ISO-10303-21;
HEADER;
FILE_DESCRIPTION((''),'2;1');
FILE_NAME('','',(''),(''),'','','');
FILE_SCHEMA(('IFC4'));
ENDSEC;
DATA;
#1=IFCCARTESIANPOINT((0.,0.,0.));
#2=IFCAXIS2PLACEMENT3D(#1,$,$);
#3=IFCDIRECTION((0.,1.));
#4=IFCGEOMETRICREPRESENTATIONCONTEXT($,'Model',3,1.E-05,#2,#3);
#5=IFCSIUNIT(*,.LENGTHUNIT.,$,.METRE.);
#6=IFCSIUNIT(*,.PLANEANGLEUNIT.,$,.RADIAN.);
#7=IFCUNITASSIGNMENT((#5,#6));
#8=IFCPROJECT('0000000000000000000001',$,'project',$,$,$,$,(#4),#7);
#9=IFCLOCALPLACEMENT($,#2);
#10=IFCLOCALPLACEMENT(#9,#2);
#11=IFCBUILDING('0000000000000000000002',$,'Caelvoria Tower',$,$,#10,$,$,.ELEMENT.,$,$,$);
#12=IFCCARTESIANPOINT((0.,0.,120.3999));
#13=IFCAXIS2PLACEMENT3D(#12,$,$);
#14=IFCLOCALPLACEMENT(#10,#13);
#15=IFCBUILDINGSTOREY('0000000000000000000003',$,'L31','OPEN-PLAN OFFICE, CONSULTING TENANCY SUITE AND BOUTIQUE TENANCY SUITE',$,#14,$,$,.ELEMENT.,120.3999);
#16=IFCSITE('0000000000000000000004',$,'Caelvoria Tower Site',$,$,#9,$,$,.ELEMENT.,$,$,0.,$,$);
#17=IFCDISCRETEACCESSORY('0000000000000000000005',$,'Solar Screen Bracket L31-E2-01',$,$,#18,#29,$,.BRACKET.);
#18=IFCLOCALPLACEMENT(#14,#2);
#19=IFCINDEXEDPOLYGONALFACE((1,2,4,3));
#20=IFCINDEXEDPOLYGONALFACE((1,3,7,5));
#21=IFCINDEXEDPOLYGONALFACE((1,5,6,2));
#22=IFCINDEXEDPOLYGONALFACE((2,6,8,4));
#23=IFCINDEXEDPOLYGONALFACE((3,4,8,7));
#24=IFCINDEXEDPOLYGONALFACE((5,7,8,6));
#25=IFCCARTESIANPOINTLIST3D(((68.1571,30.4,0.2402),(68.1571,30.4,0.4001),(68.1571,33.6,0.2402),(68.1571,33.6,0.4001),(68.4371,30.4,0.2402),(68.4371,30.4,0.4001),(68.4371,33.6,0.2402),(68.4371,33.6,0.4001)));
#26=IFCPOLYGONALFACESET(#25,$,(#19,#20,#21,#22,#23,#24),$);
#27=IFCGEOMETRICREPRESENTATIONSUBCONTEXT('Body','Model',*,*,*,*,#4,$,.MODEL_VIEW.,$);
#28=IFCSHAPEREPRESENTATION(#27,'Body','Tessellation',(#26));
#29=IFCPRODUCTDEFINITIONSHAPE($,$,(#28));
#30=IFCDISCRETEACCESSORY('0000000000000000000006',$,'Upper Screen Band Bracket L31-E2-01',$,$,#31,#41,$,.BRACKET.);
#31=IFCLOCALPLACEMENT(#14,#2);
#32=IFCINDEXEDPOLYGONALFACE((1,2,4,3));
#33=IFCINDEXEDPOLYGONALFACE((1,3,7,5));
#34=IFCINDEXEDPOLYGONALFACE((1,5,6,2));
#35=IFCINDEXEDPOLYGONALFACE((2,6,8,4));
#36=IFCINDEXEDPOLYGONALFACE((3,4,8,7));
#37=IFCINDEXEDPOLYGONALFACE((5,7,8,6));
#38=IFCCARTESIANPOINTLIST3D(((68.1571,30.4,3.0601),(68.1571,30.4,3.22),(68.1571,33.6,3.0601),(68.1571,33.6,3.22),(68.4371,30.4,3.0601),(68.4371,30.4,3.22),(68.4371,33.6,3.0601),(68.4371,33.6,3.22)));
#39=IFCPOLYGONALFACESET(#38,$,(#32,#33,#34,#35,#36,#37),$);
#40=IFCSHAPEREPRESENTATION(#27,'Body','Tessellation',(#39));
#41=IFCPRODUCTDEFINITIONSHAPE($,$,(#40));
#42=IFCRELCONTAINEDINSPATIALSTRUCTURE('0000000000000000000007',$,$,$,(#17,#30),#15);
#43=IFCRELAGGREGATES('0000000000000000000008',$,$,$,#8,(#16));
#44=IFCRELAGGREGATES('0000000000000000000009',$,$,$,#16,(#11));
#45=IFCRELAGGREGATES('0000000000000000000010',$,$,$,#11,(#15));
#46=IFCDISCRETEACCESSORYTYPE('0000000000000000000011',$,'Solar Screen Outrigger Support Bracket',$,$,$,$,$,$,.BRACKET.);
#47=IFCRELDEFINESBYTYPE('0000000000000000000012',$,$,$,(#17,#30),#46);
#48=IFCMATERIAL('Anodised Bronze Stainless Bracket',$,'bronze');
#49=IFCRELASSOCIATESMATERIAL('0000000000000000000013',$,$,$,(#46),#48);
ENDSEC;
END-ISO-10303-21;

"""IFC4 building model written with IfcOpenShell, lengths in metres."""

from ifc_helpers import new_model, si_unit, direction, frame, origin, origin_2d, place, context, subcontext, project, spatial, rectangle, extrude, material, type_object, element, save


model = new_model("IFC4")

# Units and contexts
model_context = context("Model", 3, precision=1e-05, world=origin(), true_north=direction((0.0, 1.0)))
body_context = subcontext(model_context, "Body", "Model", "MODEL_VIEW")
ifc_project = project(units=[si_unit("LENGTHUNIT", "METRE"), si_unit("PLANEANGLEUNIT", "RADIAN")], contexts=[model_context])

# Site, building, storey
site_placement = place(None, origin())
site = spatial("IfcSite", under=ifc_project, at=site_placement, Name="Caelvoria Tower Site", CompositionType="ELEMENT", RefElevation=0.0)
building_placement = place(site_placement, origin())
building = spatial("IfcBuilding", under=site, at=building_placement, Name="Caelvoria Tower", CompositionType="ELEMENT")
storey_placement = place(building_placement, frame((0.0, 0.0, 120.3999)))
storey = spatial("IfcBuildingStorey", under=building, at=storey_placement, Name="L31", Description="OPEN-PLAN OFFICE, CONSULTING TENANCY SUITE AND BOUTIQUE TENANCY SUITE", CompositionType="ELEMENT", Elevation=120.3999)

# Discrete accessories
ifc_material_1 = material(Name="Anodised Bronze Stainless Bracket", Category="bronze")
discrete_accessory_type = type_object("IfcDiscreteAccessoryType", Name="Solar Screen Outrigger Support Bracket", PredefinedType="BRACKET", material=ifc_material_1)
for number, where, z_axis, x_axis, name in (
    (1, (68.2971, 32.0, 0.2402), (0.0, 0.0, 1.0), (0.0, 1.0, 0.0), "Solar Screen Bracket L31-E2-01"),
    (2, (68.2971, 32.0, 3.0601), (0.0, 0.0, 1.0), (0.0, 1.0, 0.0), "Upper Screen Band Bracket L31-E2-01"),
):
    element("IfcDiscreteAccessory", number, at=place(storey_placement, frame(where, z_axis=z_axis, x_axis=x_axis)), inside=storey, type_object=discrete_accessory_type, Name=name, PredefinedType="BRACKET", context=body_context, shape_type="SweptSolid", body=[
        extrude(rectangle(XDim=3.2, YDim=0.28, at=origin_2d()), origin(), (0.0, 0.0, 1.0), 0.1599),
    ])

save(model, "model.ifc")
